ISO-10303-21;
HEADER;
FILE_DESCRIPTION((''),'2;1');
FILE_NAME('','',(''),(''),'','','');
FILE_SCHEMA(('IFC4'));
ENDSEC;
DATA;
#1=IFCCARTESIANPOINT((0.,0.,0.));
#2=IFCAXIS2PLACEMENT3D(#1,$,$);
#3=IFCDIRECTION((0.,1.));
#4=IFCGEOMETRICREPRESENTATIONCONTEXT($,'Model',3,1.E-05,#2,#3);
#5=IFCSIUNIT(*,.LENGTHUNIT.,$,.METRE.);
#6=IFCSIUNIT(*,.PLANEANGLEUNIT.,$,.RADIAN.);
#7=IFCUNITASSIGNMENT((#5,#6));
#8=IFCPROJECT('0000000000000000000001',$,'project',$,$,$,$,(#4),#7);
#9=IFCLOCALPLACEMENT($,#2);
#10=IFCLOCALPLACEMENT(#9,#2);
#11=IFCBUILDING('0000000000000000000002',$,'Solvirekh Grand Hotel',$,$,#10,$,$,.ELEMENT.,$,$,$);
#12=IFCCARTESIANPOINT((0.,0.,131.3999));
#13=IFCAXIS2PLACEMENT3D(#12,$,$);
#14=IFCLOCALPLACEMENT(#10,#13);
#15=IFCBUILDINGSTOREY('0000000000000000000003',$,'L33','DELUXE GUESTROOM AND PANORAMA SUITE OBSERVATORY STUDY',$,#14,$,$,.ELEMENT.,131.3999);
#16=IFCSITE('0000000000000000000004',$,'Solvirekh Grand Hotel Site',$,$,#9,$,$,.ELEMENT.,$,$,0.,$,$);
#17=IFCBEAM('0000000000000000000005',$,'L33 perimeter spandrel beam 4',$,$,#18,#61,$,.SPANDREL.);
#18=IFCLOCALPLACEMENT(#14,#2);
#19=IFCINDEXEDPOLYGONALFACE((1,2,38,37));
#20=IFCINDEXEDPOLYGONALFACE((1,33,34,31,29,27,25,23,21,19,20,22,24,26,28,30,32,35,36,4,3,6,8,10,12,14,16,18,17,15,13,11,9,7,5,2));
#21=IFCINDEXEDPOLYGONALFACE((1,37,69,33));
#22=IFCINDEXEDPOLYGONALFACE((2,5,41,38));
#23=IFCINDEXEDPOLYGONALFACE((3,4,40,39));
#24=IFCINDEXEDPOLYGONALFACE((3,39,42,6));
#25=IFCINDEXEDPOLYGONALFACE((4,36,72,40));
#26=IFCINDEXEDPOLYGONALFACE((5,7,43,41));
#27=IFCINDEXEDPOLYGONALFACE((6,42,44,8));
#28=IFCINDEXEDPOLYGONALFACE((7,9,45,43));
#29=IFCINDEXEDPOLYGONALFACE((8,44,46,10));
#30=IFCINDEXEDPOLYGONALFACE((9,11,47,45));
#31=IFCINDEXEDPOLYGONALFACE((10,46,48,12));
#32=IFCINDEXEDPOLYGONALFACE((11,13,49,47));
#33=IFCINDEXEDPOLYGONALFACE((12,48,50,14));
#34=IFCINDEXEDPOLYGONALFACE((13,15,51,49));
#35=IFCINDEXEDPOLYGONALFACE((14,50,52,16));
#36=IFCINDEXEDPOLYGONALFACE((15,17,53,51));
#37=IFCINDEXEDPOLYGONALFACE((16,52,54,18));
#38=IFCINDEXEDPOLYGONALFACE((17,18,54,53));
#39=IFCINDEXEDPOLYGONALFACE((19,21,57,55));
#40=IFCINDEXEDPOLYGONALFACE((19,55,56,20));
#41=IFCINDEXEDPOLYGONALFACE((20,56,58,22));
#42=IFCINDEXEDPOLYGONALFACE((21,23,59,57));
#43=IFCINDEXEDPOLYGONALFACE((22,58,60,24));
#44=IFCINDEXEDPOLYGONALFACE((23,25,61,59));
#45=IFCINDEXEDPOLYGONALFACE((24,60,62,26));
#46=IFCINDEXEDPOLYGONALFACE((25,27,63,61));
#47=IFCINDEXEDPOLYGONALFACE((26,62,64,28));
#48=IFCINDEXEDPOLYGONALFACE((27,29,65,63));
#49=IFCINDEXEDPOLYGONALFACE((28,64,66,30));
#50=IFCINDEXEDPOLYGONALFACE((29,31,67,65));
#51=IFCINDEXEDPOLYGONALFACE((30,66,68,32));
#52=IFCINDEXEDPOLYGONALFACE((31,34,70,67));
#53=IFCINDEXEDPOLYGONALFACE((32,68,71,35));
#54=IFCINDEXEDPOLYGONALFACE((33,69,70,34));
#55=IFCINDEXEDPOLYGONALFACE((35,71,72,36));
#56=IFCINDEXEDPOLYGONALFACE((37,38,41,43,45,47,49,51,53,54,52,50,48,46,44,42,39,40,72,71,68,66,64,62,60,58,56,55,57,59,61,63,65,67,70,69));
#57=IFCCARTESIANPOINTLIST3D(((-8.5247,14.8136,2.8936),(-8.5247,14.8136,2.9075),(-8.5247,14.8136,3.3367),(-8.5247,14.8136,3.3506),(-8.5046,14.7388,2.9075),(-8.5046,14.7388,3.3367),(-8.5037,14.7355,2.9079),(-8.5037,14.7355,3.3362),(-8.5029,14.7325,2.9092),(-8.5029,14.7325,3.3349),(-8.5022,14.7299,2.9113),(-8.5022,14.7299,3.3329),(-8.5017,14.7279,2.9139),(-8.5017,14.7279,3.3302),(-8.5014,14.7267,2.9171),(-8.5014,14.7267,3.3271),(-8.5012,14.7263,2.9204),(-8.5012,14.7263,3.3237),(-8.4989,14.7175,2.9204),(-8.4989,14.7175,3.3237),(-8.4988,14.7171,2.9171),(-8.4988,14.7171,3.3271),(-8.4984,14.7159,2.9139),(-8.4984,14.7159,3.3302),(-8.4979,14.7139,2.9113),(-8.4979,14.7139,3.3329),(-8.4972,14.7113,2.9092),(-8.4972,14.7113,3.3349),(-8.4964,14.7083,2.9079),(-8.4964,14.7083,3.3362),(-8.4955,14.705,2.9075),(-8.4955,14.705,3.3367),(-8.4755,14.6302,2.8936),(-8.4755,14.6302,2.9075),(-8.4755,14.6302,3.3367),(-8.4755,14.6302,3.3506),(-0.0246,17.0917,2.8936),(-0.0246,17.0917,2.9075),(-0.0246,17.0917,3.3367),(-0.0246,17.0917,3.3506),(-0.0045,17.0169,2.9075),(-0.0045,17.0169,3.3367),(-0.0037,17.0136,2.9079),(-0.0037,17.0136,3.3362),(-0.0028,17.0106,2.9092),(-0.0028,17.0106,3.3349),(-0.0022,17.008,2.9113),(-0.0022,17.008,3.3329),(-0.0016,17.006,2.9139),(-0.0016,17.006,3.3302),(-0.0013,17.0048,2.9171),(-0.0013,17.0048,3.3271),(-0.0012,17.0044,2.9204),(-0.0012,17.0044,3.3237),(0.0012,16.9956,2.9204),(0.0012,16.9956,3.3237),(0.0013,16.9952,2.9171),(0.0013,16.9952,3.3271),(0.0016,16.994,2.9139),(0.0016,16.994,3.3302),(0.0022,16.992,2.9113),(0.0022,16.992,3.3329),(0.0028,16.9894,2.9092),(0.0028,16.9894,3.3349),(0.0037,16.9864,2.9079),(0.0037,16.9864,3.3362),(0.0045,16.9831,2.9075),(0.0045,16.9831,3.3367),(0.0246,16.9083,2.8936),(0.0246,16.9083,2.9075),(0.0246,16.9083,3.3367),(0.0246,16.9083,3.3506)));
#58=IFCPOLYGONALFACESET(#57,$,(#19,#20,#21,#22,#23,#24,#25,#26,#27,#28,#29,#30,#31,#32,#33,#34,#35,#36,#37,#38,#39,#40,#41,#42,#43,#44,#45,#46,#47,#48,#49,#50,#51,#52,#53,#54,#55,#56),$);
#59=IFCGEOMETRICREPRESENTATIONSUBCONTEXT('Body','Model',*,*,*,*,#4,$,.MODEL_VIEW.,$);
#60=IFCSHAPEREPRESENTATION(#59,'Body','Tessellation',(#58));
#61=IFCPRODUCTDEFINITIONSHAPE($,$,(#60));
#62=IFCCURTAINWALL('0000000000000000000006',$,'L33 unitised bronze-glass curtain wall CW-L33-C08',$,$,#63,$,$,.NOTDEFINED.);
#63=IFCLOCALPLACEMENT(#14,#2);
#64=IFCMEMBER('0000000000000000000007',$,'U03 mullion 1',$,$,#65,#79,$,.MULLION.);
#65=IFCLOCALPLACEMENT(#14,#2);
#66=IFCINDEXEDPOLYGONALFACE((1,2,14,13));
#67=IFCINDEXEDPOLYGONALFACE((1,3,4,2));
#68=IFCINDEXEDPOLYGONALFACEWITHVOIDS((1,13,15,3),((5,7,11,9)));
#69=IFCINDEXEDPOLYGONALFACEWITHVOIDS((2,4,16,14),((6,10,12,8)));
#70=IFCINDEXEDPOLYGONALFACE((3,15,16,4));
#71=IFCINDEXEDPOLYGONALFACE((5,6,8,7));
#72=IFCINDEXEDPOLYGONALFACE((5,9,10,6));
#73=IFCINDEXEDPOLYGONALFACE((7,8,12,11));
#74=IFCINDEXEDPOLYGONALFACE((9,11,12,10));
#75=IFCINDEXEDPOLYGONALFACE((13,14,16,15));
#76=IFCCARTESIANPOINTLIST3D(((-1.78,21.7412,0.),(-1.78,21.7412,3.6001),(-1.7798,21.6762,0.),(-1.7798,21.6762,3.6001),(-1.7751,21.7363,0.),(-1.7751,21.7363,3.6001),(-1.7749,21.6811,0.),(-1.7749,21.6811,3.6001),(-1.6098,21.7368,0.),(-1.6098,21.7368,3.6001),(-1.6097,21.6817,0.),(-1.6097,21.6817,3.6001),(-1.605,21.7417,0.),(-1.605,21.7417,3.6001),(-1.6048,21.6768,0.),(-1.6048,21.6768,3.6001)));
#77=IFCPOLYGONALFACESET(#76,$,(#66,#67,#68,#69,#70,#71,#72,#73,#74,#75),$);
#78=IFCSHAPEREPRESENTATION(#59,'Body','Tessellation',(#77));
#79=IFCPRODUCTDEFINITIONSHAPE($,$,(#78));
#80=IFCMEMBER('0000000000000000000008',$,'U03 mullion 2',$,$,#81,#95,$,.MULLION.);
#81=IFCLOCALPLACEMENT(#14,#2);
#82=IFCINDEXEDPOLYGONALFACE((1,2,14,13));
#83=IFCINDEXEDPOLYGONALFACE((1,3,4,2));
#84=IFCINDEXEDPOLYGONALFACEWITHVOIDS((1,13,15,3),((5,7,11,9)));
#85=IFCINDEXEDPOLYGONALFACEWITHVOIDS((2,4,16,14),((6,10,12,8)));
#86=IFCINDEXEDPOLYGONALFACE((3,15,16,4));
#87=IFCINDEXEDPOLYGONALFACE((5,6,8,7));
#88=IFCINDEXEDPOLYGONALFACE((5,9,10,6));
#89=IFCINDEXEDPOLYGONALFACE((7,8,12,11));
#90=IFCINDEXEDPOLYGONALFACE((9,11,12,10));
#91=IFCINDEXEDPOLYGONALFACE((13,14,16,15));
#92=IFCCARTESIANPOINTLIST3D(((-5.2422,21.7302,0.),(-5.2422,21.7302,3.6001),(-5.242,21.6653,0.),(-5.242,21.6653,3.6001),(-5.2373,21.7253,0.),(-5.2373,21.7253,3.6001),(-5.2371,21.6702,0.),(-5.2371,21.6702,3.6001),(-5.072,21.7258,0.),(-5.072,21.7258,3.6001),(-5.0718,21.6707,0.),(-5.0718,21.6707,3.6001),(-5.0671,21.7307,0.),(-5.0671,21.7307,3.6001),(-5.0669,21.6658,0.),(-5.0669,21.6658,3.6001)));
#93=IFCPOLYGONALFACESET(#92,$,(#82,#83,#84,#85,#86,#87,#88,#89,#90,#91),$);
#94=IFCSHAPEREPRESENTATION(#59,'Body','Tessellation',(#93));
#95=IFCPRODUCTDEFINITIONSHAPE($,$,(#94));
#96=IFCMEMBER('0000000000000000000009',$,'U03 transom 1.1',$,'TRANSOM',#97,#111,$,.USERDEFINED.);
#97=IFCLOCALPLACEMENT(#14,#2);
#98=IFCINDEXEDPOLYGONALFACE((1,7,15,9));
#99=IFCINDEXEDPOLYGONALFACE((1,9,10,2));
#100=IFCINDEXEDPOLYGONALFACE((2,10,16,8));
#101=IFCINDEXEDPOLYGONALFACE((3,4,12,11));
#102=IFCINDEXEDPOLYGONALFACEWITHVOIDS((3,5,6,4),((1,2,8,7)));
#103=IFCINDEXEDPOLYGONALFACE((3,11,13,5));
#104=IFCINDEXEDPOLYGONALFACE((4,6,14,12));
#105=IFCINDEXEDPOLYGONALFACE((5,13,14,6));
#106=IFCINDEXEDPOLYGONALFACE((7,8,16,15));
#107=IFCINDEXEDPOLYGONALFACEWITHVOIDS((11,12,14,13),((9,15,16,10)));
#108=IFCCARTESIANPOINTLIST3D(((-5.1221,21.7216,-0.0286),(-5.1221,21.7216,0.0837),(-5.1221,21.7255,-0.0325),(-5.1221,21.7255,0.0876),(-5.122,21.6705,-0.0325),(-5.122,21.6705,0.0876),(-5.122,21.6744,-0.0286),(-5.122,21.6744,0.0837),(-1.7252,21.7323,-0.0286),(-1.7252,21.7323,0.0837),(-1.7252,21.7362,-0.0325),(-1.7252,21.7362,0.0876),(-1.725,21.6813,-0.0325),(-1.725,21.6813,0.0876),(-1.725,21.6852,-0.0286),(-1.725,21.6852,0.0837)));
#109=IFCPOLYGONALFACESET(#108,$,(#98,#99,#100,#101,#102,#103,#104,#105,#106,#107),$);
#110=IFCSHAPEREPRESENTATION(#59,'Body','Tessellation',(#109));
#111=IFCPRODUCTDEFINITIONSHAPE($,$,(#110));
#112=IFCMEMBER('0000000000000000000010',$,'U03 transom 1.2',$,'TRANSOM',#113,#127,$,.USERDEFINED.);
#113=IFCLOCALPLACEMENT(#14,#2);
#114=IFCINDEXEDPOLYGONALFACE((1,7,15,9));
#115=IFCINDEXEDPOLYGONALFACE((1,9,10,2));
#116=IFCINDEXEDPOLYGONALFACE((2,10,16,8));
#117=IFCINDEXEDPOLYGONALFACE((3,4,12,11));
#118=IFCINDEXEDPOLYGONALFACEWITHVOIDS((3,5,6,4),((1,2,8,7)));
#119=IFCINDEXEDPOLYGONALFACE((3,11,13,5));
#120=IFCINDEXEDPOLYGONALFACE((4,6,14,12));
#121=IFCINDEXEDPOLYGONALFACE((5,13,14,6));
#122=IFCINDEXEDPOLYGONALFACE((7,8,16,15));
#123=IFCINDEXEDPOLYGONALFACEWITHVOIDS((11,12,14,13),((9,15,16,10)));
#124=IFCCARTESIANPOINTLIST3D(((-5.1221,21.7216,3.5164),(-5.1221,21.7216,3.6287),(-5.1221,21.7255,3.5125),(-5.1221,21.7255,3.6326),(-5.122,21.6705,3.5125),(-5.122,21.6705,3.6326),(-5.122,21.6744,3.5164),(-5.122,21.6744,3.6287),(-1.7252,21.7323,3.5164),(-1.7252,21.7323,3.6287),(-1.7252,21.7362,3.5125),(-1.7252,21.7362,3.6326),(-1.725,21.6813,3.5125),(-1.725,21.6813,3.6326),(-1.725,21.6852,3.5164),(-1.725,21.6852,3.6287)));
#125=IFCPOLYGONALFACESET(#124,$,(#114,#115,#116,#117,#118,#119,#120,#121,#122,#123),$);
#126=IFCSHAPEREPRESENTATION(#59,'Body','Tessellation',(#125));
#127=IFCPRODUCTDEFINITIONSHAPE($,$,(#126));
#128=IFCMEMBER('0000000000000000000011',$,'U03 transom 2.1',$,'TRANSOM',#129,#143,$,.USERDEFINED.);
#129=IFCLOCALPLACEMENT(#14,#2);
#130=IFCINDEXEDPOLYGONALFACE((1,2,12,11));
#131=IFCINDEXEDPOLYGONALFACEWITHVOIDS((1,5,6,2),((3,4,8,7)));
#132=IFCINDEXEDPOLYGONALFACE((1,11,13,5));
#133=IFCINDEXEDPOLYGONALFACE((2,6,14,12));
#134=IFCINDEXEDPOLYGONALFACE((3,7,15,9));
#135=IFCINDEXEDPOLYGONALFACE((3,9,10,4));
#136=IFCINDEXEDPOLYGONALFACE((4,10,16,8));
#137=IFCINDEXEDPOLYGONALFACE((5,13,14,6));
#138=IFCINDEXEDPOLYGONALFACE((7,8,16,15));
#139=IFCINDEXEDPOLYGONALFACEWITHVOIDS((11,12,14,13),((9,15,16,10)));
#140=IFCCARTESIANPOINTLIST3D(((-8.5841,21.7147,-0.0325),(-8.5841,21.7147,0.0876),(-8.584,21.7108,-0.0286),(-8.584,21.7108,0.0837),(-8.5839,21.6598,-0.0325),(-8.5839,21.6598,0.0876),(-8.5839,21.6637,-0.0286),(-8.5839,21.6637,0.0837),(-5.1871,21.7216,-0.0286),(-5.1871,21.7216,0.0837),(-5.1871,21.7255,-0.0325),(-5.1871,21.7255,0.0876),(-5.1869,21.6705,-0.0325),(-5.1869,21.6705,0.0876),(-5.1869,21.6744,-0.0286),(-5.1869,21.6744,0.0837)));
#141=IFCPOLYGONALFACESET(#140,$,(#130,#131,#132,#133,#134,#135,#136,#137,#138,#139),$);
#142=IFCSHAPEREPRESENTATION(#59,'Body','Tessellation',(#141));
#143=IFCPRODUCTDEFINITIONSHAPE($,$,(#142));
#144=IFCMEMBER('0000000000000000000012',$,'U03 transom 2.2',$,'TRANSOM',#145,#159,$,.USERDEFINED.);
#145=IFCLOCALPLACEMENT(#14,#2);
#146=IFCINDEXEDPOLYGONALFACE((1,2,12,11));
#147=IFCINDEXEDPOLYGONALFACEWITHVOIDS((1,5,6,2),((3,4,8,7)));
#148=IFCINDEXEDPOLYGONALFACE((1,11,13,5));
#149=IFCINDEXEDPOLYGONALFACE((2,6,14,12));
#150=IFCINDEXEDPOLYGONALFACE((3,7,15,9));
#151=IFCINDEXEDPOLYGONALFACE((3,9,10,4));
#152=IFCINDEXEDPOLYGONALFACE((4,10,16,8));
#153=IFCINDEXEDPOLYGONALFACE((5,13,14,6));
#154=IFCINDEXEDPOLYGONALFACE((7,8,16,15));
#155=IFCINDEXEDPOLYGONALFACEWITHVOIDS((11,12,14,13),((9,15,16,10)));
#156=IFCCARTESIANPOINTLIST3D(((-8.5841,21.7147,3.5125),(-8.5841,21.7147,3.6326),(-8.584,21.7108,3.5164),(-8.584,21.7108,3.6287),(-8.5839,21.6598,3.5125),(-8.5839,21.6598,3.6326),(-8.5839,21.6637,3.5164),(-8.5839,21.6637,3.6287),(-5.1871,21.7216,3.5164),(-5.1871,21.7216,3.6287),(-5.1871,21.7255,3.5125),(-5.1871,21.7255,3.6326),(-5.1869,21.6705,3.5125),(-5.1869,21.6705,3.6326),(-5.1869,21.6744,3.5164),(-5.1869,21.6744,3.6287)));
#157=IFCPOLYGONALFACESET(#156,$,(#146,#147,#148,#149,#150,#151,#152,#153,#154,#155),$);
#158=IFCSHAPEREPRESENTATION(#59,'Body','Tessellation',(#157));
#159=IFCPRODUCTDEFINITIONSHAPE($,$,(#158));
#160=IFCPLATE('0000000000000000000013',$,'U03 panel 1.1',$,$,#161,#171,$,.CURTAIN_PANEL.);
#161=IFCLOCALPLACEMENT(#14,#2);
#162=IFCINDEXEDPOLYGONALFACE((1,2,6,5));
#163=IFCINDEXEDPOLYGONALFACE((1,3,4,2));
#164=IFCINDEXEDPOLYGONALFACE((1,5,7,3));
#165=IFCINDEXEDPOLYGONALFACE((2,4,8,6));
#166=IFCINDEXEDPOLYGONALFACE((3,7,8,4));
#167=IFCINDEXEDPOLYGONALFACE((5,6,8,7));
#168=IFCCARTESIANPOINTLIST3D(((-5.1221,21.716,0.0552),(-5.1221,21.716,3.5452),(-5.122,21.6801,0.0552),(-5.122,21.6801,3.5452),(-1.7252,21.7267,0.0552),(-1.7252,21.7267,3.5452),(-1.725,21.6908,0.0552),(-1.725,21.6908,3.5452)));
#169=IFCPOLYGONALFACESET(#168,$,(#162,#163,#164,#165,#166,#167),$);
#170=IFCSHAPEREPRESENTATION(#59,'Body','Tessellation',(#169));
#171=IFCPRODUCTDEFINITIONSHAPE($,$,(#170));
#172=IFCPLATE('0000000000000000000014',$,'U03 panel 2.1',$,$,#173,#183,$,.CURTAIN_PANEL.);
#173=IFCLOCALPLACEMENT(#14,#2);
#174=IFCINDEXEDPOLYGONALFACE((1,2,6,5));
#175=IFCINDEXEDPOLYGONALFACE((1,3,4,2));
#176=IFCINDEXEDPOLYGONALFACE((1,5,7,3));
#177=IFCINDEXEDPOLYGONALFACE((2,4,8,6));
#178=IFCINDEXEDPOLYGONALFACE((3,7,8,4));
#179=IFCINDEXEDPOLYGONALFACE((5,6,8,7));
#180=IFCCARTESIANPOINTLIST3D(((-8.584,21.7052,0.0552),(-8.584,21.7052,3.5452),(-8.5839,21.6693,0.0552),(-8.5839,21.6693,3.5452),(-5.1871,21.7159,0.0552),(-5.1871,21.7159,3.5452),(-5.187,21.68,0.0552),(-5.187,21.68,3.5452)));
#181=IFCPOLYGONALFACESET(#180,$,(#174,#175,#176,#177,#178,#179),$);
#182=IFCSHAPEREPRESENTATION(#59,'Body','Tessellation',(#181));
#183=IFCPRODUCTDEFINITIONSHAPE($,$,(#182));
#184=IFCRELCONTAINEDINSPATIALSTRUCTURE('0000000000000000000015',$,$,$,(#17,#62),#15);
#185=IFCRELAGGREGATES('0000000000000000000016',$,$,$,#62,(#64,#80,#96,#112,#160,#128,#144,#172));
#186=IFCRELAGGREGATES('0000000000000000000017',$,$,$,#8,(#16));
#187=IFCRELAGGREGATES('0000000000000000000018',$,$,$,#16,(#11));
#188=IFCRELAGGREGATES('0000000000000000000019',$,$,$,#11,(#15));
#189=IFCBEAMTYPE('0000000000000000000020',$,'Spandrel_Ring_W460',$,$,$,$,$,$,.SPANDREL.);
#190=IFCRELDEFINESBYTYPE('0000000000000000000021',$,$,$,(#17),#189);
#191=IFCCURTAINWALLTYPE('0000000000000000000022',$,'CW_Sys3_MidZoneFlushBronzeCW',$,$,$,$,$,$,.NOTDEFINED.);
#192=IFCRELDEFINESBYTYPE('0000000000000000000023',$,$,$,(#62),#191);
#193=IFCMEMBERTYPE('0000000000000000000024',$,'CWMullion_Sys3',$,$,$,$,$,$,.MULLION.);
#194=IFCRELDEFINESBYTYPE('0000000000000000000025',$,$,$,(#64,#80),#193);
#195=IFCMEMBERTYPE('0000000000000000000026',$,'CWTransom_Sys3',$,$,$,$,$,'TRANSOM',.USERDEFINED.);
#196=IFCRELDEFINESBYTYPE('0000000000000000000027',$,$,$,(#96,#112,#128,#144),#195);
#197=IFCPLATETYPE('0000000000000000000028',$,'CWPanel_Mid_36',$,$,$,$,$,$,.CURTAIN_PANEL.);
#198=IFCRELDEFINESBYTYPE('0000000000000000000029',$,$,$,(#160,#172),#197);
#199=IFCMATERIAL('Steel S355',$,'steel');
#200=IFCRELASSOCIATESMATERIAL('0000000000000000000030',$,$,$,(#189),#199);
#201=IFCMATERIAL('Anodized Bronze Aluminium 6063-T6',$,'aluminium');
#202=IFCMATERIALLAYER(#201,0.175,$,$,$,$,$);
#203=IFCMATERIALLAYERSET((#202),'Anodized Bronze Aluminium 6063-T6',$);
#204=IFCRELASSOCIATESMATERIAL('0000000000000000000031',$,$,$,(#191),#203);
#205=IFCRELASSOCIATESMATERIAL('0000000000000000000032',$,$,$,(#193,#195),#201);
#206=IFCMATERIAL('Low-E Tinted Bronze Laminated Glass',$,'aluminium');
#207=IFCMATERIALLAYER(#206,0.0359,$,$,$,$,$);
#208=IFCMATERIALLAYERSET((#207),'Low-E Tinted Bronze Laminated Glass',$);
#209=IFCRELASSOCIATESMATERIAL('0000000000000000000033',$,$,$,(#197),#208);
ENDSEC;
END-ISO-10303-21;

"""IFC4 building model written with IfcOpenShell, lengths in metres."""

from ifc_helpers import new_model, si_unit, direction, frame, origin, origin_2d, place, context, subcontext, project, spatial, rectangle, hollow_rectangle, i_section, extrude, source, transform, mapped, material, layer, layer_set, material_profile, profile_set, type_object, element, aggregate, save


model = new_model("IFC4")

# Units and contexts
model_context = context("Model", 3, precision=1e-05, world=origin(), true_north=direction((0.0, 1.0)))
body_context = subcontext(model_context, "Body", "Model", "MODEL_VIEW")
ifc_project = project(units=[si_unit("LENGTHUNIT", "METRE"), si_unit("PLANEANGLEUNIT", "RADIAN")], contexts=[model_context])

# Site, building, storey
site_placement = place(None, origin())
site = spatial("IfcSite", under=ifc_project, at=site_placement, Name="Solvirekh Grand Hotel Site", CompositionType="ELEMENT", RefElevation=0.0)
building_placement = place(site_placement, origin())
building = spatial("IfcBuilding", under=site, at=building_placement, Name="Solvirekh Grand Hotel", CompositionType="ELEMENT")
storey_placement = place(building_placement, frame((0.0, 0.0, 131.3999)))
storey = spatial("IfcBuildingStorey", under=building, at=storey_placement, Name="L33", Description="DELUXE GUESTROOM AND PANORAMA SUITE OBSERVATORY STUDY", CompositionType="ELEMENT", Elevation=131.3999)

# Beam
ifc_material_1 = material(Name="Steel S355", Category="steel")
ifc_material_profile_1 = material_profile(ifc_material_1, i_section(OverallWidth=0.1899, OverallDepth=0.457, WebThickness=0.009, FlangeThickness=0.0139, FilletRadius=0.0129, at=origin_2d()), Name="W460X74")
ifc_profile_set_1 = profile_set([ifc_material_profile_1], Name="Steel S355")
beam_type_1 = type_object("IfcBeamType", Name="Spandrel_Ring_W460", PredefinedType="SPANDREL", material=ifc_profile_set_1)
beam_1_placement = place(storey_placement, frame((0.0, 17.0, 3.1221), z_axis=(-0.965911, -0.258873, 0.0), x_axis=(0.258873, -0.965911, 0.0)))
element("IfcBeam", 1, at=beam_1_placement, inside=storey, type_object=beam_type_1, Name="L33 perimeter spandrel beam 4", PredefinedType="SPANDREL", context=body_context, shape_type="SweptSolid", body=[
    extrude(i_section(OverallWidth=0.1899, OverallDepth=0.457, WebThickness=0.009, FlangeThickness=0.0139, FilletRadius=0.0129, at=origin_2d()), origin(), (0.0, 0.0, 1.0), 8.8),
])

# Curtain wall, members, plates
ifc_material_2 = material(Name="Anodized Bronze Aluminium 6063-T6", Category="aluminium")
ifc_layer_1 = layer(ifc_material_2, 0.175)
ifc_layer_set_1 = layer_set([ifc_layer_1], Name="Anodized Bronze Aluminium 6063-T6")
curtain_wall_type = type_object("IfcCurtainWallType", Name="CW_Sys3_MidZoneFlushBronzeCW", PredefinedType="NOTDEFINED", material=ifc_layer_set_1)
curtain_wall_placement = place(storey_placement, origin())
curtain_wall = element("IfcCurtainWall", 2, at=curtain_wall_placement, inside=storey, type_object=curtain_wall_type, Name="L33 unitised bronze-glass curtain wall CW-L33-C08", PredefinedType="NOTDEFINED")
ifc_material_profile_2 = material_profile(ifc_material_2, hollow_rectangle(XDim=0.0649, YDim=0.175, WallThickness=0.0049, at=origin_2d()), Name="ALU RHS 175X65X5")
ifc_profile_set_2 = profile_set([ifc_material_profile_2], Name="Anodized Bronze Aluminium 6063-T6")
member_type_1 = type_object("IfcMemberType", Name="CWMullion_Sys3", PredefinedType="MULLION", material=ifc_profile_set_2)
shared_shape_1 = source(origin(), body_context, "Body", "SweptSolid", [
    extrude(hollow_rectangle(XDim=0.0649, YDim=0.175, WallThickness=0.0049, at=origin_2d()), origin(), (0.0, 0.0, 1.0), 3.6001),
])
member_1_placement = place(storey_placement, frame((-1.6924, 21.709, 0.0), z_axis=(0.0, 0.0, 1.0), x_axis=(0.003148, -0.999995, 0.0)))
member_1 = element("IfcMember", 3, at=member_1_placement, type_object=member_type_1, Name="U03 mullion 1", PredefinedType="MULLION", context=body_context, shape_type="MappedRepresentation", body=[
    mapped(shared_shape_1, transform((0.0, 0.0, 0.0), x_axis=(1.0, 0.0, 0.0), y_axis=(0.0, 1.0, 0.0), z_axis=(0.0, 0.0, 1.0), scale=1.0)),
])
member_2_placement = place(storey_placement, frame((-5.1545, 21.698, 0.0), z_axis=(0.0, 0.0, 1.0), x_axis=(0.003148, -0.999995, 0.0)))
member_2 = element("IfcMember", 4, at=member_2_placement, type_object=member_type_1, Name="U03 mullion 2", PredefinedType="MULLION", context=body_context, shape_type="MappedRepresentation", body=[
    mapped(shared_shape_1, transform((0.0, 0.0, 0.0), x_axis=(1.0, 0.0, 0.0), y_axis=(0.0, 1.0, 0.0), z_axis=(0.0, 0.0, 1.0), scale=1.0)),
])
ifc_material_profile_3 = material_profile(ifc_material_2, hollow_rectangle(XDim=0.0549, YDim=0.1201, WallThickness=0.0039, at=origin_2d()), Name="ALU RHS 120X55X4")
ifc_profile_set_3 = profile_set([ifc_material_profile_3], Name="Anodized Bronze Aluminium 6063-T6")
member_type_2 = type_object("IfcMemberType", Name="CWTransom_Sys3", ElementType="TRANSOM", PredefinedType="USERDEFINED", material=ifc_profile_set_3)
shared_shape_2 = source(origin(), body_context, "Body", "SweptSolid", [
    extrude(hollow_rectangle(XDim=0.0549, YDim=0.1201, WallThickness=0.0039, at=origin_2d()), origin(), (0.0, 0.0, 1.0), 3.397),
])
member_3_placement = place(storey_placement, frame((-1.7251, 21.7087, 0.0276), z_axis=(-0.999995, -0.003162, 0.0), x_axis=(0.003162, -0.999995, 0.0)))
member_3 = element("IfcMember", 5, at=member_3_placement, type_object=member_type_2, Name="U03 transom 1.1", ObjectType="TRANSOM", PredefinedType="USERDEFINED", context=body_context, shape_type="MappedRepresentation", body=[
    mapped(shared_shape_2, transform((0.0, 0.0, 0.0), x_axis=(1.0, 0.0, 0.0), y_axis=(0.0, 1.0, 0.0), z_axis=(0.0, 0.0, 1.0), scale=1.0)),
])
member_4_placement = place(storey_placement, frame((-1.7251, 21.7087, 3.5725), z_axis=(-0.999995, -0.003162, 0.0), x_axis=(0.003162, -0.999995, 0.0)))
member_4 = element("IfcMember", 6, at=member_4_placement, type_object=member_type_2, Name="U03 transom 1.2", ObjectType="TRANSOM", PredefinedType="USERDEFINED", context=body_context, shape_type="MappedRepresentation", body=[
    mapped(shared_shape_2, transform((0.0, 0.0, 0.0), x_axis=(1.0, 0.0, 0.0), y_axis=(0.0, 1.0, 0.0), z_axis=(0.0, 0.0, 1.0), scale=1.0)),
])
member_5_placement = place(storey_placement, frame((-5.187, 21.698, 0.0276), z_axis=(-0.999995, -0.003162, 0.0), x_axis=(0.003162, -0.999995, 0.0)))
member_5 = element("IfcMember", 7, at=member_5_placement, type_object=member_type_2, Name="U03 transom 2.1", ObjectType="TRANSOM", PredefinedType="USERDEFINED", context=body_context, shape_type="MappedRepresentation", body=[
    mapped(shared_shape_2, transform((0.0, 0.0, 0.0), x_axis=(1.0, 0.0, 0.0), y_axis=(0.0, 1.0, 0.0), z_axis=(0.0, 0.0, 1.0), scale=1.0)),
])
member_6_placement = place(storey_placement, frame((-5.187, 21.698, 3.5725), z_axis=(-0.999995, -0.003162, 0.0), x_axis=(0.003162, -0.999995, 0.0)))
member_6 = element("IfcMember", 8, at=member_6_placement, type_object=member_type_2, Name="U03 transom 2.2", ObjectType="TRANSOM", PredefinedType="USERDEFINED", context=body_context, shape_type="MappedRepresentation", body=[
    mapped(shared_shape_2, transform((0.0, 0.0, 0.0), x_axis=(1.0, 0.0, 0.0), y_axis=(0.0, 1.0, 0.0), z_axis=(0.0, 0.0, 1.0), scale=1.0)),
])
ifc_material_3 = material(Name="Low-E Tinted Bronze Laminated Glass", Category="aluminium")
ifc_layer_2 = layer(ifc_material_3, 0.0359)
ifc_layer_set_2 = layer_set([ifc_layer_2], Name="Low-E Tinted Bronze Laminated Glass")
plate_type = type_object("IfcPlateType", Name="CWPanel_Mid_36", PredefinedType="CURTAIN_PANEL", material=ifc_layer_set_2)
shared_shape_3 = source(origin(), body_context, "Body", "SweptSolid", [
    extrude(rectangle(XDim=3.397, YDim=0.0359, at=origin_2d()), origin(), (0.0, 0.0, 1.0), 3.49),
])
plate_1_placement = place(storey_placement, frame((-3.4236, 21.7034, 0.0552), z_axis=(0.0, 0.0, 1.0), x_axis=(-0.999995, -0.003148, 0.0)))
plate_1 = element("IfcPlate", 9, at=plate_1_placement, type_object=plate_type, Name="U03 panel 1.1", PredefinedType="CURTAIN_PANEL", context=body_context, shape_type="MappedRepresentation", body=[
    mapped(shared_shape_3, transform((0.0, 0.0, 0.0), x_axis=(1.0, 0.0, 0.0), y_axis=(0.0, 1.0, 0.0), z_axis=(0.0, 0.0, 1.0), scale=1.0)),
])
plate_2_placement = place(storey_placement, frame((-6.8855, 21.6926, 0.0552), z_axis=(0.0, 0.0, 1.0), x_axis=(-0.999995, -0.003148, 0.0)))
plate_2 = element("IfcPlate", 10, at=plate_2_placement, type_object=plate_type, Name="U03 panel 2.1", PredefinedType="CURTAIN_PANEL", context=body_context, shape_type="MappedRepresentation", body=[
    mapped(shared_shape_3, transform((0.0, 0.0, 0.0), x_axis=(1.0, 0.0, 0.0), y_axis=(0.0, 1.0, 0.0), z_axis=(0.0, 0.0, 1.0), scale=1.0)),
])
aggregate(curtain_wall, [member_1, member_2, member_3, member_4, plate_1, member_5, member_6, plate_2])

save(model, "model.ifc")
